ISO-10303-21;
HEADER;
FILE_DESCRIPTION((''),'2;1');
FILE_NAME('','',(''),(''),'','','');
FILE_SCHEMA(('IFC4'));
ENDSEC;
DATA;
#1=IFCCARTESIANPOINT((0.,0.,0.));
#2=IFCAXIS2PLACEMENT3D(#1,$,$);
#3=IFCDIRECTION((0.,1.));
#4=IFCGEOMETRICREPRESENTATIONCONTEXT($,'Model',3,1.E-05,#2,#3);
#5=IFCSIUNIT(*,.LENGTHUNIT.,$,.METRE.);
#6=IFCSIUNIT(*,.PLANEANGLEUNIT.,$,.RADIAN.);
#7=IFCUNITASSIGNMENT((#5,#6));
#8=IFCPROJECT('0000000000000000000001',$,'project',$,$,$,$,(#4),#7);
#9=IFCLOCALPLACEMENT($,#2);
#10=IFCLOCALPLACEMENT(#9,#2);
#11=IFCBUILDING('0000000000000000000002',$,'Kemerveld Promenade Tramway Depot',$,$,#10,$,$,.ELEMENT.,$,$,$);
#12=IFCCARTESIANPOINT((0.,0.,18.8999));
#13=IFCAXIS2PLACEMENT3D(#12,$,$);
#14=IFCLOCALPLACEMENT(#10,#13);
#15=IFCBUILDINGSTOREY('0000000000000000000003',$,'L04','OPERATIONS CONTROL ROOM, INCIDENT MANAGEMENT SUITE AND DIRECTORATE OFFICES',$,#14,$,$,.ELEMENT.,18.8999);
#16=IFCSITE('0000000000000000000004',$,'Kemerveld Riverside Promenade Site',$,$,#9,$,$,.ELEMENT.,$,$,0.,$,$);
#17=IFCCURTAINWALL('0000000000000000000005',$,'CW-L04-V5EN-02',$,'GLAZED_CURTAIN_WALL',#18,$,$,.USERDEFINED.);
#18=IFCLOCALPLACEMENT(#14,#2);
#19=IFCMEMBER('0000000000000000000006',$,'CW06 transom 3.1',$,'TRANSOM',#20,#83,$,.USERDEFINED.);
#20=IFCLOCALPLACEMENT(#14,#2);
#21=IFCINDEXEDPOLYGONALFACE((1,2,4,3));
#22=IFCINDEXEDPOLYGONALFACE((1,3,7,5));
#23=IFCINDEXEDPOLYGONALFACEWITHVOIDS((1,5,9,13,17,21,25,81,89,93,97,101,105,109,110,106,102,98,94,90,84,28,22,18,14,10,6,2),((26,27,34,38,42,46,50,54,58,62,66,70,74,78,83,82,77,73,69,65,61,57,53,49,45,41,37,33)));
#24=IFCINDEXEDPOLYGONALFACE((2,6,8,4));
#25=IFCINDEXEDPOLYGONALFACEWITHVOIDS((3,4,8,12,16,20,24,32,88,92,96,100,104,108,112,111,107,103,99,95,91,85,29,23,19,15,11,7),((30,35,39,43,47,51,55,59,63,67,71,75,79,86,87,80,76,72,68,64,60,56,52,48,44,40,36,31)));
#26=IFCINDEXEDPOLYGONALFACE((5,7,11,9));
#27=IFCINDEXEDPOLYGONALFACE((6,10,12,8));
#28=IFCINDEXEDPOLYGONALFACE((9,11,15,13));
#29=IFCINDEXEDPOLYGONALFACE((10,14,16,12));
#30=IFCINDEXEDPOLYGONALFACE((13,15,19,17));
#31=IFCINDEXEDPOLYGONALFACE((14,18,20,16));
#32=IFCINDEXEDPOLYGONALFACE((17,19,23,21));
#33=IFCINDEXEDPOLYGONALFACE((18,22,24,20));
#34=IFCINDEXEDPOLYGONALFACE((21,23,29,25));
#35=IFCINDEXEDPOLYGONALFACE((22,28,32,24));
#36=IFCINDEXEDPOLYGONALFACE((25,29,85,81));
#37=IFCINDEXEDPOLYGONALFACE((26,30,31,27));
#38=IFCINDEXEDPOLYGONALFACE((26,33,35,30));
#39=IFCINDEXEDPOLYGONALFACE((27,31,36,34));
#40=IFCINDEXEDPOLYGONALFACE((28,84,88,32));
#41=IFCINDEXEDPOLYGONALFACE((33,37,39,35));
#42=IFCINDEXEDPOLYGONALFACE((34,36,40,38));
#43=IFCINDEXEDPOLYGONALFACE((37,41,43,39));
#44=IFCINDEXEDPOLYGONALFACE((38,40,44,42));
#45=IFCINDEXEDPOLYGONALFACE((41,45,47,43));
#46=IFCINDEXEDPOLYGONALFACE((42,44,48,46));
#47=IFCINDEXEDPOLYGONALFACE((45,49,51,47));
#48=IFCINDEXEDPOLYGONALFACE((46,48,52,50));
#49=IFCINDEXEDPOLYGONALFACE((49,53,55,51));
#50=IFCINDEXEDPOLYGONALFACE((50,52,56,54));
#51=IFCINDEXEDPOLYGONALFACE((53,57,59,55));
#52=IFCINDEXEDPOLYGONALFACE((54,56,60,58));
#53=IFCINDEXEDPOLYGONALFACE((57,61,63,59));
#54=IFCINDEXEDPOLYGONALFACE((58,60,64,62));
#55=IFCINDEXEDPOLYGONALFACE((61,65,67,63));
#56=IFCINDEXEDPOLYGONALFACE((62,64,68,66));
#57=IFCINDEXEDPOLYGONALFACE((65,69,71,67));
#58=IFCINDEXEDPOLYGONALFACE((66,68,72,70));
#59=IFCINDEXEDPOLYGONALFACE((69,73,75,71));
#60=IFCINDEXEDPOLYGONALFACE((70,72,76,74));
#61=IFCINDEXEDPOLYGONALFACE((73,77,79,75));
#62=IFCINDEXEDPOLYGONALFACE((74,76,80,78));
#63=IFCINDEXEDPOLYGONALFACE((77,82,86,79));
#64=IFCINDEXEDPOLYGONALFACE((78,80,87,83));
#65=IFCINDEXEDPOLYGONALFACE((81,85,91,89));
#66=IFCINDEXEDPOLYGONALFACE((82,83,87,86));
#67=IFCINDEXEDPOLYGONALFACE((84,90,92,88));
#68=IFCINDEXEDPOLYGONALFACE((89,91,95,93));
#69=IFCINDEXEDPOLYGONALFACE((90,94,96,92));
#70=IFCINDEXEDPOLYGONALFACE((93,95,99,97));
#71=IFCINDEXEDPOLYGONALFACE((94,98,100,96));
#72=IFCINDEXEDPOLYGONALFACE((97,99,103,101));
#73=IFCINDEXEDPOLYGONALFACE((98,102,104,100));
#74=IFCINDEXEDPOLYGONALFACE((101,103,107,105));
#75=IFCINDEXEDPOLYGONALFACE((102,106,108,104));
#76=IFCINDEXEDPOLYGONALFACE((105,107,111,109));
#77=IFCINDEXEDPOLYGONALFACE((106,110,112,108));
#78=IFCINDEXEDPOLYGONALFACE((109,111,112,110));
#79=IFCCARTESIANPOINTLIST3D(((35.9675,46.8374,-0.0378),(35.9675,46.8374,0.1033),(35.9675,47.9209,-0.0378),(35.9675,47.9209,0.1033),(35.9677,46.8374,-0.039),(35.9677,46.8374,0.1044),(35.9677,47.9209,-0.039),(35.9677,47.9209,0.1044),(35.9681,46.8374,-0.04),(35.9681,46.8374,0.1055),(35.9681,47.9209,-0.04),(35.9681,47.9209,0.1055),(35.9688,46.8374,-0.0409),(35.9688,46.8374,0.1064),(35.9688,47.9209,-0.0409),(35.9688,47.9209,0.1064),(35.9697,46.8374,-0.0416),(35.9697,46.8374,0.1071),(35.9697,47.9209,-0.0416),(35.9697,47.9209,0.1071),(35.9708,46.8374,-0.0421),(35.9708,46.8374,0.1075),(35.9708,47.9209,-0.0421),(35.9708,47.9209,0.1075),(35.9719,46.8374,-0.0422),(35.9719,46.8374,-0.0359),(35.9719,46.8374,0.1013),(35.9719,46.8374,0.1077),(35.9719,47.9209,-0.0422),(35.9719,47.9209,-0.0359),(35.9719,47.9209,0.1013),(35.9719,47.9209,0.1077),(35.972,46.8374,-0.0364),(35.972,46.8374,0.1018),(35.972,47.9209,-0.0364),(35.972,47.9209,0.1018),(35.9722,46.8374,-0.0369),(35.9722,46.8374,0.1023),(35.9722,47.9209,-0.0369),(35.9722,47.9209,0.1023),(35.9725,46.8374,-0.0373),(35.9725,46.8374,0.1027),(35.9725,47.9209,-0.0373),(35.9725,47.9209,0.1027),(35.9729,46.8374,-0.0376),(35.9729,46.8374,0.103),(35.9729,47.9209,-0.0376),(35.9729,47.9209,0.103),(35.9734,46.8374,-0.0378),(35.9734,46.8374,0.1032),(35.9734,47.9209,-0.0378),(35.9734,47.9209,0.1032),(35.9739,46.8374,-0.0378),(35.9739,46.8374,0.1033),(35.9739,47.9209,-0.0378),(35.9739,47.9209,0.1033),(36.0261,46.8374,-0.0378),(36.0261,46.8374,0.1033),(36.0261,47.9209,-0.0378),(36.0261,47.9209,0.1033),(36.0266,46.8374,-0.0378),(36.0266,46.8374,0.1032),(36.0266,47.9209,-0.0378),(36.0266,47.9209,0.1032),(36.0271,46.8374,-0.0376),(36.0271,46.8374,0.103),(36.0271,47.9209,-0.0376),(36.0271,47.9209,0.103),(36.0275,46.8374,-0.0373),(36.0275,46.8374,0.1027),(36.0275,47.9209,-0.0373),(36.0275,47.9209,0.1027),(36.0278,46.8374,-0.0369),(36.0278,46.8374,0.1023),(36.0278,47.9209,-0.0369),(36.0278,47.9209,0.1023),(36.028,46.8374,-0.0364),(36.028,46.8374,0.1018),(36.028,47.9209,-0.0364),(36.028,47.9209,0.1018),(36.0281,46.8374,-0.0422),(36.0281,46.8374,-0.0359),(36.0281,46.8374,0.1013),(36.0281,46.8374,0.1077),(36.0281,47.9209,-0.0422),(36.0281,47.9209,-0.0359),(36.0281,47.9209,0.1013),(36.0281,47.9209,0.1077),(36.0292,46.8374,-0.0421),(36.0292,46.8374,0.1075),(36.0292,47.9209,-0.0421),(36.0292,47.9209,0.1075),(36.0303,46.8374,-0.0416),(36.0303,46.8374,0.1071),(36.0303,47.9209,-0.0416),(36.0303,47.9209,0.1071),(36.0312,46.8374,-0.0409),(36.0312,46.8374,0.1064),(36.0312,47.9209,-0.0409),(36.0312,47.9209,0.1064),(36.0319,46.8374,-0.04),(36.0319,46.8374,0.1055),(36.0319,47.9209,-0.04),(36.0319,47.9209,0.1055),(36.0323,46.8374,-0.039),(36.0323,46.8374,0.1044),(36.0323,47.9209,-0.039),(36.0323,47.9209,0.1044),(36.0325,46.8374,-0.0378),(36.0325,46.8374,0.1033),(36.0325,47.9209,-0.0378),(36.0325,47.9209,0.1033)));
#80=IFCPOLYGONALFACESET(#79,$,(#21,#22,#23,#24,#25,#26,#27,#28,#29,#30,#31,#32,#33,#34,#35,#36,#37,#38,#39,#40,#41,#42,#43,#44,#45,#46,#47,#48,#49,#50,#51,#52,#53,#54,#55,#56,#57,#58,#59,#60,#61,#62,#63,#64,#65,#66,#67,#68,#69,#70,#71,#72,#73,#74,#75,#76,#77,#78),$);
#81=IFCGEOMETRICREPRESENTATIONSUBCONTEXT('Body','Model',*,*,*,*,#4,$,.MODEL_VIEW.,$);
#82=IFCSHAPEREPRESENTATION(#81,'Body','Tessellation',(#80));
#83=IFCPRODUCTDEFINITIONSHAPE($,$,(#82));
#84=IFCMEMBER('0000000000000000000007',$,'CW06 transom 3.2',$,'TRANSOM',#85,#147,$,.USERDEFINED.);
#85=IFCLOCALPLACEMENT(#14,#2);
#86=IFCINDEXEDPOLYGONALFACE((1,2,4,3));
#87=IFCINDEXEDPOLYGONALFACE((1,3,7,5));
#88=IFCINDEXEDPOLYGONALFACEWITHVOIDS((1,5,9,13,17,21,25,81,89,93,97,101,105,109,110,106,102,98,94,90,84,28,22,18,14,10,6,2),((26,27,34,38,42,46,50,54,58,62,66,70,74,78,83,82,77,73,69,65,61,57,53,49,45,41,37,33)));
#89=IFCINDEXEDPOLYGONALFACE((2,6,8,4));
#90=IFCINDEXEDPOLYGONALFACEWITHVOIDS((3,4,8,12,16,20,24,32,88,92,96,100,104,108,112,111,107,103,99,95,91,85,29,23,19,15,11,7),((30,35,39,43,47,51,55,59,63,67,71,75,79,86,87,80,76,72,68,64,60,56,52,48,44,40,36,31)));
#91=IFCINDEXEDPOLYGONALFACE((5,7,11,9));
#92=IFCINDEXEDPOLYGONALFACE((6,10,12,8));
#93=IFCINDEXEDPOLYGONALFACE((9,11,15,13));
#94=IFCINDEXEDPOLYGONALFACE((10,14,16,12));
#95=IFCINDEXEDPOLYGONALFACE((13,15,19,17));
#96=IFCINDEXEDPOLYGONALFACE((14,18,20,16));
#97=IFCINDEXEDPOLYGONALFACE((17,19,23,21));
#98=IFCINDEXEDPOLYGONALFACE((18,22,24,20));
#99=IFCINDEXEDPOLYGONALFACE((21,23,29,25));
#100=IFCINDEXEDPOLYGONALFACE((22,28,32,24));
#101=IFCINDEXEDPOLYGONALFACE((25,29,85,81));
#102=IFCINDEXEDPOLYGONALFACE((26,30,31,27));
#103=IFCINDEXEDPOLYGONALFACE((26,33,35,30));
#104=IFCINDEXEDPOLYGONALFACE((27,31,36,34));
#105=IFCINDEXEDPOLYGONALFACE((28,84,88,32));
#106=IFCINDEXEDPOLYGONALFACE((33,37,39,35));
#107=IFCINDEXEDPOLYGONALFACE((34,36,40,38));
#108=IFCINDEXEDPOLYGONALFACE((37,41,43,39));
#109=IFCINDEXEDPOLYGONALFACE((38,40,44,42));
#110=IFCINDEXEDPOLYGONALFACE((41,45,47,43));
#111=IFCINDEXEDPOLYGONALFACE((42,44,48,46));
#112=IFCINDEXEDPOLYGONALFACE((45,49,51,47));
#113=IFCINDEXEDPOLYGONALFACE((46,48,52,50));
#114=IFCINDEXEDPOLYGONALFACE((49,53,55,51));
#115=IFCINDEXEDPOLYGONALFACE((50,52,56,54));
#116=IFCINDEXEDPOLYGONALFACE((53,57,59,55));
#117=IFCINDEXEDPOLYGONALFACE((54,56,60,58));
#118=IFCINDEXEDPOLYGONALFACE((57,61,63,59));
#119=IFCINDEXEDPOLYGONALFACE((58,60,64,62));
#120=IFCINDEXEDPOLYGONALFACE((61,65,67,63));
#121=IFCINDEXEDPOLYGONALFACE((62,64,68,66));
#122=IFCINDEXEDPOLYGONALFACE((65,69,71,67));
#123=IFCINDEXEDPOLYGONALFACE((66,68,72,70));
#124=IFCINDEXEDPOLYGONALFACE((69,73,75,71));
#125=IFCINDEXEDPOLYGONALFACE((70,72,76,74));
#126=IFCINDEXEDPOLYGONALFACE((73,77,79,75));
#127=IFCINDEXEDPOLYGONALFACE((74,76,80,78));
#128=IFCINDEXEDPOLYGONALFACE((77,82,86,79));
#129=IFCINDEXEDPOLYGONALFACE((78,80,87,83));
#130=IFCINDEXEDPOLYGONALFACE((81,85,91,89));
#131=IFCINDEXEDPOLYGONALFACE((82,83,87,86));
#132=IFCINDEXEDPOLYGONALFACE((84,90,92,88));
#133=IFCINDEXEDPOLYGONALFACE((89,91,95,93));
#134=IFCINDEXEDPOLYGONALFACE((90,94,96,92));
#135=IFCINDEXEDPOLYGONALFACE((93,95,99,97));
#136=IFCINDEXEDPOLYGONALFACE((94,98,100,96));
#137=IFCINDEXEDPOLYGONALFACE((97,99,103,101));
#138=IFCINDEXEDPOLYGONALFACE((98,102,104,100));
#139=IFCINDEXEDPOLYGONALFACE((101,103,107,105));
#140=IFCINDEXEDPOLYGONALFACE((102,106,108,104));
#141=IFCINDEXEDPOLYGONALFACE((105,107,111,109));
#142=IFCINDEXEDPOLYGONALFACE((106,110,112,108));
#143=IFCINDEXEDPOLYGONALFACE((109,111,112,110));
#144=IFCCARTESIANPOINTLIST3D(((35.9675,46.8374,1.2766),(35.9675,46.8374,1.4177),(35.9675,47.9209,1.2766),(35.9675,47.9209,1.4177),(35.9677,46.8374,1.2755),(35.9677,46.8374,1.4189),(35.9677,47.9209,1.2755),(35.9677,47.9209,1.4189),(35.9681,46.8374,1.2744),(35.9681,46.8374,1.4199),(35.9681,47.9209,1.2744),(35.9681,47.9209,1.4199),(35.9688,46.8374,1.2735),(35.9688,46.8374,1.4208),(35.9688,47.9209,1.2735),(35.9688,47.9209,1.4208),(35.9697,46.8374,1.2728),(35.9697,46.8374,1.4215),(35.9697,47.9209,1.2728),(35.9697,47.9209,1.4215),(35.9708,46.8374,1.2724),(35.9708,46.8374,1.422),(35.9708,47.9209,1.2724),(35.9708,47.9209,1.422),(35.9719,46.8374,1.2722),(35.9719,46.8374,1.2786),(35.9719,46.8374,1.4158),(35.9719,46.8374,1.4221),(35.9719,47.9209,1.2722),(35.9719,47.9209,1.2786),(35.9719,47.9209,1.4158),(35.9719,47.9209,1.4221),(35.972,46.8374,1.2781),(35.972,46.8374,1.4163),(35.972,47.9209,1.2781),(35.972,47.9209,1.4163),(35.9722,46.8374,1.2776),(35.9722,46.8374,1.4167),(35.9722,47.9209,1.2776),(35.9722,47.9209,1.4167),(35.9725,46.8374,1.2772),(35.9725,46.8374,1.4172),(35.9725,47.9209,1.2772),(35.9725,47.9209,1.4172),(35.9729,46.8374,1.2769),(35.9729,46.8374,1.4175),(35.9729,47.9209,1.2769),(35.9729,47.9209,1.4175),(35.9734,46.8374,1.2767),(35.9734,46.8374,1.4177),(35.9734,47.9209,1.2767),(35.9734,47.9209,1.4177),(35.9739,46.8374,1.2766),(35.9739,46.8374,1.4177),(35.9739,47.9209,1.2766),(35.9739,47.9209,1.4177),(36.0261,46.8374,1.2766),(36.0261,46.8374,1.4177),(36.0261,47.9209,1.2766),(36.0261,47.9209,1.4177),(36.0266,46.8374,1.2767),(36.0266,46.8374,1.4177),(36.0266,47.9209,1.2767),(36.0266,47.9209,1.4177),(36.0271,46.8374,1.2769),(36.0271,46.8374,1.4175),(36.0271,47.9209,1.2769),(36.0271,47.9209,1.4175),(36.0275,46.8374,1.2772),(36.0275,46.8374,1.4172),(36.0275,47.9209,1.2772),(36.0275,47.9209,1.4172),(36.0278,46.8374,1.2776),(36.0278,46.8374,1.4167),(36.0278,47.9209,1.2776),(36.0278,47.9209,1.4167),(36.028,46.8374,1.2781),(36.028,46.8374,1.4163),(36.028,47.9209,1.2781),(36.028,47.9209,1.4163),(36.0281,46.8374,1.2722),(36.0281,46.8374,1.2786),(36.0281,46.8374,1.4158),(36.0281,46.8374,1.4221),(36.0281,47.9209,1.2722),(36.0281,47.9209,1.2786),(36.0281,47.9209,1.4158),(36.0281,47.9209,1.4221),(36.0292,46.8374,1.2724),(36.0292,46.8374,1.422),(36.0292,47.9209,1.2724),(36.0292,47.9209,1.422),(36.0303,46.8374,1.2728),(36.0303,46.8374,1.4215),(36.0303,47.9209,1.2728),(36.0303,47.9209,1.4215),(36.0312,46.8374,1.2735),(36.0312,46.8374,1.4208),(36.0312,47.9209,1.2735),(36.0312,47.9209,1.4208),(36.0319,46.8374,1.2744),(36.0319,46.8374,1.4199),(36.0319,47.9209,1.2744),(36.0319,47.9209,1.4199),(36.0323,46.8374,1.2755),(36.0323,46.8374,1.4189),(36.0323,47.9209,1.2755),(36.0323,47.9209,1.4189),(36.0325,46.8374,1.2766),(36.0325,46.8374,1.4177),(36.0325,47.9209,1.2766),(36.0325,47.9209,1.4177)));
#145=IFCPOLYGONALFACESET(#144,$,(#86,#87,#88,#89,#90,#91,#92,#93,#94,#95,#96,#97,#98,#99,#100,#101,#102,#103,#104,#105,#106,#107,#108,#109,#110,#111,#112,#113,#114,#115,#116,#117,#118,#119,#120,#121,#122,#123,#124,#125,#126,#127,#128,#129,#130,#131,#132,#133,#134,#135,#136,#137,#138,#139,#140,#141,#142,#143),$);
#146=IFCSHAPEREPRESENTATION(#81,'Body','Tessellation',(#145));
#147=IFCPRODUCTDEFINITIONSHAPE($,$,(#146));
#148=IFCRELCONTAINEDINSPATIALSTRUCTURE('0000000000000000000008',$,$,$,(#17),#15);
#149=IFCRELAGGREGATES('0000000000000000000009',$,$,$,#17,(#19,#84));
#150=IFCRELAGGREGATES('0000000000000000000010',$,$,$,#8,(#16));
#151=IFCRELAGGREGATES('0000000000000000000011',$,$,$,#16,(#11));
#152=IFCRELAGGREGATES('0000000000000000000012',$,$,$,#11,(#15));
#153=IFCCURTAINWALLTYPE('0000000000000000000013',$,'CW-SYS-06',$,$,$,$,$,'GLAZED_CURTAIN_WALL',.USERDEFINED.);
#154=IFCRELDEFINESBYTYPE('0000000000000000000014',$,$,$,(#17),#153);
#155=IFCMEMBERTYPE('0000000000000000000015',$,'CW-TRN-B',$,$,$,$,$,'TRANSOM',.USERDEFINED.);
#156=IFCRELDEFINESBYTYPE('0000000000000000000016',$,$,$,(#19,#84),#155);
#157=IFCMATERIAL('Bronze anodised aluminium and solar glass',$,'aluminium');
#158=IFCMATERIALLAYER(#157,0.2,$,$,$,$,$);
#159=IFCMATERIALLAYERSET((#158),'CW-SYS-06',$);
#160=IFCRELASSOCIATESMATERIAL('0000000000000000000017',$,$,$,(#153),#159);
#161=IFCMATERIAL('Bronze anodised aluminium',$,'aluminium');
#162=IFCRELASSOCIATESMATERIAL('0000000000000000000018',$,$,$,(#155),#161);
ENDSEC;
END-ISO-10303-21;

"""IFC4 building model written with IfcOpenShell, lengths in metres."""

from ifc_helpers import new_model, si_unit, direction, frame, origin, origin_2d, place, context, subcontext, project, spatial, hollow_rectangle, extrude, material, layer, layer_set, material_profile, profile_set, type_object, element, aggregate, save


model = new_model("IFC4")

# Units and contexts
model_context = context("Model", 3, precision=1e-05, world=origin(), true_north=direction((0.0, 1.0)))
body_context = subcontext(model_context, "Body", "Model", "MODEL_VIEW")
ifc_project = project(units=[si_unit("LENGTHUNIT", "METRE"), si_unit("PLANEANGLEUNIT", "RADIAN")], contexts=[model_context])

# Site, building, storey
site_placement = place(None, origin())
site = spatial("IfcSite", under=ifc_project, at=site_placement, Name="Kemerveld Riverside Promenade Site", CompositionType="ELEMENT", RefElevation=0.0)
building_placement = place(site_placement, origin())
building = spatial("IfcBuilding", under=site, at=building_placement, Name="Kemerveld Promenade Tramway Depot", CompositionType="ELEMENT")
storey_placement = place(building_placement, frame((0.0, 0.0, 18.8999)))
storey = spatial("IfcBuildingStorey", under=building, at=storey_placement, Name="L04", Description="OPERATIONS CONTROL ROOM, INCIDENT MANAGEMENT SUITE AND DIRECTORATE OFFICES", CompositionType="ELEMENT", Elevation=18.8999)

# Shared definitions
ifc_material_1 = material(Name="Bronze anodised aluminium and solar glass", Category="aluminium")
ifc_material_2 = material(Name="Bronze anodised aluminium", Category="aluminium")

# Curtain wall, members
ifc_layer_1 = layer(ifc_material_1, 0.2)
ifc_layer_set_1 = layer_set([ifc_layer_1], Name="CW-SYS-06")
curtain_wall_type_1 = type_object("IfcCurtainWallType", Name="CW-SYS-06", ElementType="GLAZED_CURTAIN_WALL", PredefinedType="USERDEFINED", material=ifc_layer_set_1)
curtain_wall_1_placement = place(storey_placement, origin())
curtain_wall_1 = element("IfcCurtainWall", 1, at=curtain_wall_1_placement, inside=storey, type_object=curtain_wall_type_1, Name="CW-L04-V5EN-02", ObjectType="GLAZED_CURTAIN_WALL", PredefinedType="USERDEFINED")
ifc_material_profile_1 = material_profile(ifc_material_2, hollow_rectangle(XDim=0.0649, YDim=0.1499, WallThickness=0.0044, InnerFilletRadius=0.002, OuterFilletRadius=0.0044, at=origin_2d()), Name="CW-TRN-150x65")
ifc_profile_set_1 = profile_set([ifc_material_profile_1], Name="Bronze anodised aluminium")
member_type_1 = type_object("IfcMemberType", Name="CW-TRN-B", ElementType="TRANSOM", PredefinedType="USERDEFINED", material=ifc_profile_set_1)
member_1_placement = place(storey_placement, frame((36.0, 47.9209, 0.0327), z_axis=(0.0, -1.0, 0.0), x_axis=(1.0, 0.0, 0.0)))
member_1 = element("IfcMember", 2, at=member_1_placement, type_object=member_type_1, Name="CW06 transom 3.1", ObjectType="TRANSOM", PredefinedType="USERDEFINED", context=body_context, shape_type="SweptSolid", body=[
    extrude(hollow_rectangle(XDim=0.0649, YDim=0.1499, WallThickness=0.0044, InnerFilletRadius=0.002, OuterFilletRadius=0.0044, at=origin_2d()), origin(), (0.0, 0.0, 1.0), 1.0835),
])
member_2_placement = place(storey_placement, frame((36.0, 47.9209, 1.3472), z_axis=(0.0, -1.0, 0.0), x_axis=(1.0, 0.0, 0.0)))
member_2 = element("IfcMember", 3, at=member_2_placement, type_object=member_type_1, Name="CW06 transom 3.2", ObjectType="TRANSOM", PredefinedType="USERDEFINED", context=body_context, shape_type="SweptSolid", body=[
    extrude(hollow_rectangle(XDim=0.0649, YDim=0.1499, WallThickness=0.0044, InnerFilletRadius=0.002, OuterFilletRadius=0.0044, at=origin_2d()), origin(), (0.0, 0.0, 1.0), 1.0835),
])

aggregate(curtain_wall_1, [member_1, member_2])

save(model, "model.ifc")
